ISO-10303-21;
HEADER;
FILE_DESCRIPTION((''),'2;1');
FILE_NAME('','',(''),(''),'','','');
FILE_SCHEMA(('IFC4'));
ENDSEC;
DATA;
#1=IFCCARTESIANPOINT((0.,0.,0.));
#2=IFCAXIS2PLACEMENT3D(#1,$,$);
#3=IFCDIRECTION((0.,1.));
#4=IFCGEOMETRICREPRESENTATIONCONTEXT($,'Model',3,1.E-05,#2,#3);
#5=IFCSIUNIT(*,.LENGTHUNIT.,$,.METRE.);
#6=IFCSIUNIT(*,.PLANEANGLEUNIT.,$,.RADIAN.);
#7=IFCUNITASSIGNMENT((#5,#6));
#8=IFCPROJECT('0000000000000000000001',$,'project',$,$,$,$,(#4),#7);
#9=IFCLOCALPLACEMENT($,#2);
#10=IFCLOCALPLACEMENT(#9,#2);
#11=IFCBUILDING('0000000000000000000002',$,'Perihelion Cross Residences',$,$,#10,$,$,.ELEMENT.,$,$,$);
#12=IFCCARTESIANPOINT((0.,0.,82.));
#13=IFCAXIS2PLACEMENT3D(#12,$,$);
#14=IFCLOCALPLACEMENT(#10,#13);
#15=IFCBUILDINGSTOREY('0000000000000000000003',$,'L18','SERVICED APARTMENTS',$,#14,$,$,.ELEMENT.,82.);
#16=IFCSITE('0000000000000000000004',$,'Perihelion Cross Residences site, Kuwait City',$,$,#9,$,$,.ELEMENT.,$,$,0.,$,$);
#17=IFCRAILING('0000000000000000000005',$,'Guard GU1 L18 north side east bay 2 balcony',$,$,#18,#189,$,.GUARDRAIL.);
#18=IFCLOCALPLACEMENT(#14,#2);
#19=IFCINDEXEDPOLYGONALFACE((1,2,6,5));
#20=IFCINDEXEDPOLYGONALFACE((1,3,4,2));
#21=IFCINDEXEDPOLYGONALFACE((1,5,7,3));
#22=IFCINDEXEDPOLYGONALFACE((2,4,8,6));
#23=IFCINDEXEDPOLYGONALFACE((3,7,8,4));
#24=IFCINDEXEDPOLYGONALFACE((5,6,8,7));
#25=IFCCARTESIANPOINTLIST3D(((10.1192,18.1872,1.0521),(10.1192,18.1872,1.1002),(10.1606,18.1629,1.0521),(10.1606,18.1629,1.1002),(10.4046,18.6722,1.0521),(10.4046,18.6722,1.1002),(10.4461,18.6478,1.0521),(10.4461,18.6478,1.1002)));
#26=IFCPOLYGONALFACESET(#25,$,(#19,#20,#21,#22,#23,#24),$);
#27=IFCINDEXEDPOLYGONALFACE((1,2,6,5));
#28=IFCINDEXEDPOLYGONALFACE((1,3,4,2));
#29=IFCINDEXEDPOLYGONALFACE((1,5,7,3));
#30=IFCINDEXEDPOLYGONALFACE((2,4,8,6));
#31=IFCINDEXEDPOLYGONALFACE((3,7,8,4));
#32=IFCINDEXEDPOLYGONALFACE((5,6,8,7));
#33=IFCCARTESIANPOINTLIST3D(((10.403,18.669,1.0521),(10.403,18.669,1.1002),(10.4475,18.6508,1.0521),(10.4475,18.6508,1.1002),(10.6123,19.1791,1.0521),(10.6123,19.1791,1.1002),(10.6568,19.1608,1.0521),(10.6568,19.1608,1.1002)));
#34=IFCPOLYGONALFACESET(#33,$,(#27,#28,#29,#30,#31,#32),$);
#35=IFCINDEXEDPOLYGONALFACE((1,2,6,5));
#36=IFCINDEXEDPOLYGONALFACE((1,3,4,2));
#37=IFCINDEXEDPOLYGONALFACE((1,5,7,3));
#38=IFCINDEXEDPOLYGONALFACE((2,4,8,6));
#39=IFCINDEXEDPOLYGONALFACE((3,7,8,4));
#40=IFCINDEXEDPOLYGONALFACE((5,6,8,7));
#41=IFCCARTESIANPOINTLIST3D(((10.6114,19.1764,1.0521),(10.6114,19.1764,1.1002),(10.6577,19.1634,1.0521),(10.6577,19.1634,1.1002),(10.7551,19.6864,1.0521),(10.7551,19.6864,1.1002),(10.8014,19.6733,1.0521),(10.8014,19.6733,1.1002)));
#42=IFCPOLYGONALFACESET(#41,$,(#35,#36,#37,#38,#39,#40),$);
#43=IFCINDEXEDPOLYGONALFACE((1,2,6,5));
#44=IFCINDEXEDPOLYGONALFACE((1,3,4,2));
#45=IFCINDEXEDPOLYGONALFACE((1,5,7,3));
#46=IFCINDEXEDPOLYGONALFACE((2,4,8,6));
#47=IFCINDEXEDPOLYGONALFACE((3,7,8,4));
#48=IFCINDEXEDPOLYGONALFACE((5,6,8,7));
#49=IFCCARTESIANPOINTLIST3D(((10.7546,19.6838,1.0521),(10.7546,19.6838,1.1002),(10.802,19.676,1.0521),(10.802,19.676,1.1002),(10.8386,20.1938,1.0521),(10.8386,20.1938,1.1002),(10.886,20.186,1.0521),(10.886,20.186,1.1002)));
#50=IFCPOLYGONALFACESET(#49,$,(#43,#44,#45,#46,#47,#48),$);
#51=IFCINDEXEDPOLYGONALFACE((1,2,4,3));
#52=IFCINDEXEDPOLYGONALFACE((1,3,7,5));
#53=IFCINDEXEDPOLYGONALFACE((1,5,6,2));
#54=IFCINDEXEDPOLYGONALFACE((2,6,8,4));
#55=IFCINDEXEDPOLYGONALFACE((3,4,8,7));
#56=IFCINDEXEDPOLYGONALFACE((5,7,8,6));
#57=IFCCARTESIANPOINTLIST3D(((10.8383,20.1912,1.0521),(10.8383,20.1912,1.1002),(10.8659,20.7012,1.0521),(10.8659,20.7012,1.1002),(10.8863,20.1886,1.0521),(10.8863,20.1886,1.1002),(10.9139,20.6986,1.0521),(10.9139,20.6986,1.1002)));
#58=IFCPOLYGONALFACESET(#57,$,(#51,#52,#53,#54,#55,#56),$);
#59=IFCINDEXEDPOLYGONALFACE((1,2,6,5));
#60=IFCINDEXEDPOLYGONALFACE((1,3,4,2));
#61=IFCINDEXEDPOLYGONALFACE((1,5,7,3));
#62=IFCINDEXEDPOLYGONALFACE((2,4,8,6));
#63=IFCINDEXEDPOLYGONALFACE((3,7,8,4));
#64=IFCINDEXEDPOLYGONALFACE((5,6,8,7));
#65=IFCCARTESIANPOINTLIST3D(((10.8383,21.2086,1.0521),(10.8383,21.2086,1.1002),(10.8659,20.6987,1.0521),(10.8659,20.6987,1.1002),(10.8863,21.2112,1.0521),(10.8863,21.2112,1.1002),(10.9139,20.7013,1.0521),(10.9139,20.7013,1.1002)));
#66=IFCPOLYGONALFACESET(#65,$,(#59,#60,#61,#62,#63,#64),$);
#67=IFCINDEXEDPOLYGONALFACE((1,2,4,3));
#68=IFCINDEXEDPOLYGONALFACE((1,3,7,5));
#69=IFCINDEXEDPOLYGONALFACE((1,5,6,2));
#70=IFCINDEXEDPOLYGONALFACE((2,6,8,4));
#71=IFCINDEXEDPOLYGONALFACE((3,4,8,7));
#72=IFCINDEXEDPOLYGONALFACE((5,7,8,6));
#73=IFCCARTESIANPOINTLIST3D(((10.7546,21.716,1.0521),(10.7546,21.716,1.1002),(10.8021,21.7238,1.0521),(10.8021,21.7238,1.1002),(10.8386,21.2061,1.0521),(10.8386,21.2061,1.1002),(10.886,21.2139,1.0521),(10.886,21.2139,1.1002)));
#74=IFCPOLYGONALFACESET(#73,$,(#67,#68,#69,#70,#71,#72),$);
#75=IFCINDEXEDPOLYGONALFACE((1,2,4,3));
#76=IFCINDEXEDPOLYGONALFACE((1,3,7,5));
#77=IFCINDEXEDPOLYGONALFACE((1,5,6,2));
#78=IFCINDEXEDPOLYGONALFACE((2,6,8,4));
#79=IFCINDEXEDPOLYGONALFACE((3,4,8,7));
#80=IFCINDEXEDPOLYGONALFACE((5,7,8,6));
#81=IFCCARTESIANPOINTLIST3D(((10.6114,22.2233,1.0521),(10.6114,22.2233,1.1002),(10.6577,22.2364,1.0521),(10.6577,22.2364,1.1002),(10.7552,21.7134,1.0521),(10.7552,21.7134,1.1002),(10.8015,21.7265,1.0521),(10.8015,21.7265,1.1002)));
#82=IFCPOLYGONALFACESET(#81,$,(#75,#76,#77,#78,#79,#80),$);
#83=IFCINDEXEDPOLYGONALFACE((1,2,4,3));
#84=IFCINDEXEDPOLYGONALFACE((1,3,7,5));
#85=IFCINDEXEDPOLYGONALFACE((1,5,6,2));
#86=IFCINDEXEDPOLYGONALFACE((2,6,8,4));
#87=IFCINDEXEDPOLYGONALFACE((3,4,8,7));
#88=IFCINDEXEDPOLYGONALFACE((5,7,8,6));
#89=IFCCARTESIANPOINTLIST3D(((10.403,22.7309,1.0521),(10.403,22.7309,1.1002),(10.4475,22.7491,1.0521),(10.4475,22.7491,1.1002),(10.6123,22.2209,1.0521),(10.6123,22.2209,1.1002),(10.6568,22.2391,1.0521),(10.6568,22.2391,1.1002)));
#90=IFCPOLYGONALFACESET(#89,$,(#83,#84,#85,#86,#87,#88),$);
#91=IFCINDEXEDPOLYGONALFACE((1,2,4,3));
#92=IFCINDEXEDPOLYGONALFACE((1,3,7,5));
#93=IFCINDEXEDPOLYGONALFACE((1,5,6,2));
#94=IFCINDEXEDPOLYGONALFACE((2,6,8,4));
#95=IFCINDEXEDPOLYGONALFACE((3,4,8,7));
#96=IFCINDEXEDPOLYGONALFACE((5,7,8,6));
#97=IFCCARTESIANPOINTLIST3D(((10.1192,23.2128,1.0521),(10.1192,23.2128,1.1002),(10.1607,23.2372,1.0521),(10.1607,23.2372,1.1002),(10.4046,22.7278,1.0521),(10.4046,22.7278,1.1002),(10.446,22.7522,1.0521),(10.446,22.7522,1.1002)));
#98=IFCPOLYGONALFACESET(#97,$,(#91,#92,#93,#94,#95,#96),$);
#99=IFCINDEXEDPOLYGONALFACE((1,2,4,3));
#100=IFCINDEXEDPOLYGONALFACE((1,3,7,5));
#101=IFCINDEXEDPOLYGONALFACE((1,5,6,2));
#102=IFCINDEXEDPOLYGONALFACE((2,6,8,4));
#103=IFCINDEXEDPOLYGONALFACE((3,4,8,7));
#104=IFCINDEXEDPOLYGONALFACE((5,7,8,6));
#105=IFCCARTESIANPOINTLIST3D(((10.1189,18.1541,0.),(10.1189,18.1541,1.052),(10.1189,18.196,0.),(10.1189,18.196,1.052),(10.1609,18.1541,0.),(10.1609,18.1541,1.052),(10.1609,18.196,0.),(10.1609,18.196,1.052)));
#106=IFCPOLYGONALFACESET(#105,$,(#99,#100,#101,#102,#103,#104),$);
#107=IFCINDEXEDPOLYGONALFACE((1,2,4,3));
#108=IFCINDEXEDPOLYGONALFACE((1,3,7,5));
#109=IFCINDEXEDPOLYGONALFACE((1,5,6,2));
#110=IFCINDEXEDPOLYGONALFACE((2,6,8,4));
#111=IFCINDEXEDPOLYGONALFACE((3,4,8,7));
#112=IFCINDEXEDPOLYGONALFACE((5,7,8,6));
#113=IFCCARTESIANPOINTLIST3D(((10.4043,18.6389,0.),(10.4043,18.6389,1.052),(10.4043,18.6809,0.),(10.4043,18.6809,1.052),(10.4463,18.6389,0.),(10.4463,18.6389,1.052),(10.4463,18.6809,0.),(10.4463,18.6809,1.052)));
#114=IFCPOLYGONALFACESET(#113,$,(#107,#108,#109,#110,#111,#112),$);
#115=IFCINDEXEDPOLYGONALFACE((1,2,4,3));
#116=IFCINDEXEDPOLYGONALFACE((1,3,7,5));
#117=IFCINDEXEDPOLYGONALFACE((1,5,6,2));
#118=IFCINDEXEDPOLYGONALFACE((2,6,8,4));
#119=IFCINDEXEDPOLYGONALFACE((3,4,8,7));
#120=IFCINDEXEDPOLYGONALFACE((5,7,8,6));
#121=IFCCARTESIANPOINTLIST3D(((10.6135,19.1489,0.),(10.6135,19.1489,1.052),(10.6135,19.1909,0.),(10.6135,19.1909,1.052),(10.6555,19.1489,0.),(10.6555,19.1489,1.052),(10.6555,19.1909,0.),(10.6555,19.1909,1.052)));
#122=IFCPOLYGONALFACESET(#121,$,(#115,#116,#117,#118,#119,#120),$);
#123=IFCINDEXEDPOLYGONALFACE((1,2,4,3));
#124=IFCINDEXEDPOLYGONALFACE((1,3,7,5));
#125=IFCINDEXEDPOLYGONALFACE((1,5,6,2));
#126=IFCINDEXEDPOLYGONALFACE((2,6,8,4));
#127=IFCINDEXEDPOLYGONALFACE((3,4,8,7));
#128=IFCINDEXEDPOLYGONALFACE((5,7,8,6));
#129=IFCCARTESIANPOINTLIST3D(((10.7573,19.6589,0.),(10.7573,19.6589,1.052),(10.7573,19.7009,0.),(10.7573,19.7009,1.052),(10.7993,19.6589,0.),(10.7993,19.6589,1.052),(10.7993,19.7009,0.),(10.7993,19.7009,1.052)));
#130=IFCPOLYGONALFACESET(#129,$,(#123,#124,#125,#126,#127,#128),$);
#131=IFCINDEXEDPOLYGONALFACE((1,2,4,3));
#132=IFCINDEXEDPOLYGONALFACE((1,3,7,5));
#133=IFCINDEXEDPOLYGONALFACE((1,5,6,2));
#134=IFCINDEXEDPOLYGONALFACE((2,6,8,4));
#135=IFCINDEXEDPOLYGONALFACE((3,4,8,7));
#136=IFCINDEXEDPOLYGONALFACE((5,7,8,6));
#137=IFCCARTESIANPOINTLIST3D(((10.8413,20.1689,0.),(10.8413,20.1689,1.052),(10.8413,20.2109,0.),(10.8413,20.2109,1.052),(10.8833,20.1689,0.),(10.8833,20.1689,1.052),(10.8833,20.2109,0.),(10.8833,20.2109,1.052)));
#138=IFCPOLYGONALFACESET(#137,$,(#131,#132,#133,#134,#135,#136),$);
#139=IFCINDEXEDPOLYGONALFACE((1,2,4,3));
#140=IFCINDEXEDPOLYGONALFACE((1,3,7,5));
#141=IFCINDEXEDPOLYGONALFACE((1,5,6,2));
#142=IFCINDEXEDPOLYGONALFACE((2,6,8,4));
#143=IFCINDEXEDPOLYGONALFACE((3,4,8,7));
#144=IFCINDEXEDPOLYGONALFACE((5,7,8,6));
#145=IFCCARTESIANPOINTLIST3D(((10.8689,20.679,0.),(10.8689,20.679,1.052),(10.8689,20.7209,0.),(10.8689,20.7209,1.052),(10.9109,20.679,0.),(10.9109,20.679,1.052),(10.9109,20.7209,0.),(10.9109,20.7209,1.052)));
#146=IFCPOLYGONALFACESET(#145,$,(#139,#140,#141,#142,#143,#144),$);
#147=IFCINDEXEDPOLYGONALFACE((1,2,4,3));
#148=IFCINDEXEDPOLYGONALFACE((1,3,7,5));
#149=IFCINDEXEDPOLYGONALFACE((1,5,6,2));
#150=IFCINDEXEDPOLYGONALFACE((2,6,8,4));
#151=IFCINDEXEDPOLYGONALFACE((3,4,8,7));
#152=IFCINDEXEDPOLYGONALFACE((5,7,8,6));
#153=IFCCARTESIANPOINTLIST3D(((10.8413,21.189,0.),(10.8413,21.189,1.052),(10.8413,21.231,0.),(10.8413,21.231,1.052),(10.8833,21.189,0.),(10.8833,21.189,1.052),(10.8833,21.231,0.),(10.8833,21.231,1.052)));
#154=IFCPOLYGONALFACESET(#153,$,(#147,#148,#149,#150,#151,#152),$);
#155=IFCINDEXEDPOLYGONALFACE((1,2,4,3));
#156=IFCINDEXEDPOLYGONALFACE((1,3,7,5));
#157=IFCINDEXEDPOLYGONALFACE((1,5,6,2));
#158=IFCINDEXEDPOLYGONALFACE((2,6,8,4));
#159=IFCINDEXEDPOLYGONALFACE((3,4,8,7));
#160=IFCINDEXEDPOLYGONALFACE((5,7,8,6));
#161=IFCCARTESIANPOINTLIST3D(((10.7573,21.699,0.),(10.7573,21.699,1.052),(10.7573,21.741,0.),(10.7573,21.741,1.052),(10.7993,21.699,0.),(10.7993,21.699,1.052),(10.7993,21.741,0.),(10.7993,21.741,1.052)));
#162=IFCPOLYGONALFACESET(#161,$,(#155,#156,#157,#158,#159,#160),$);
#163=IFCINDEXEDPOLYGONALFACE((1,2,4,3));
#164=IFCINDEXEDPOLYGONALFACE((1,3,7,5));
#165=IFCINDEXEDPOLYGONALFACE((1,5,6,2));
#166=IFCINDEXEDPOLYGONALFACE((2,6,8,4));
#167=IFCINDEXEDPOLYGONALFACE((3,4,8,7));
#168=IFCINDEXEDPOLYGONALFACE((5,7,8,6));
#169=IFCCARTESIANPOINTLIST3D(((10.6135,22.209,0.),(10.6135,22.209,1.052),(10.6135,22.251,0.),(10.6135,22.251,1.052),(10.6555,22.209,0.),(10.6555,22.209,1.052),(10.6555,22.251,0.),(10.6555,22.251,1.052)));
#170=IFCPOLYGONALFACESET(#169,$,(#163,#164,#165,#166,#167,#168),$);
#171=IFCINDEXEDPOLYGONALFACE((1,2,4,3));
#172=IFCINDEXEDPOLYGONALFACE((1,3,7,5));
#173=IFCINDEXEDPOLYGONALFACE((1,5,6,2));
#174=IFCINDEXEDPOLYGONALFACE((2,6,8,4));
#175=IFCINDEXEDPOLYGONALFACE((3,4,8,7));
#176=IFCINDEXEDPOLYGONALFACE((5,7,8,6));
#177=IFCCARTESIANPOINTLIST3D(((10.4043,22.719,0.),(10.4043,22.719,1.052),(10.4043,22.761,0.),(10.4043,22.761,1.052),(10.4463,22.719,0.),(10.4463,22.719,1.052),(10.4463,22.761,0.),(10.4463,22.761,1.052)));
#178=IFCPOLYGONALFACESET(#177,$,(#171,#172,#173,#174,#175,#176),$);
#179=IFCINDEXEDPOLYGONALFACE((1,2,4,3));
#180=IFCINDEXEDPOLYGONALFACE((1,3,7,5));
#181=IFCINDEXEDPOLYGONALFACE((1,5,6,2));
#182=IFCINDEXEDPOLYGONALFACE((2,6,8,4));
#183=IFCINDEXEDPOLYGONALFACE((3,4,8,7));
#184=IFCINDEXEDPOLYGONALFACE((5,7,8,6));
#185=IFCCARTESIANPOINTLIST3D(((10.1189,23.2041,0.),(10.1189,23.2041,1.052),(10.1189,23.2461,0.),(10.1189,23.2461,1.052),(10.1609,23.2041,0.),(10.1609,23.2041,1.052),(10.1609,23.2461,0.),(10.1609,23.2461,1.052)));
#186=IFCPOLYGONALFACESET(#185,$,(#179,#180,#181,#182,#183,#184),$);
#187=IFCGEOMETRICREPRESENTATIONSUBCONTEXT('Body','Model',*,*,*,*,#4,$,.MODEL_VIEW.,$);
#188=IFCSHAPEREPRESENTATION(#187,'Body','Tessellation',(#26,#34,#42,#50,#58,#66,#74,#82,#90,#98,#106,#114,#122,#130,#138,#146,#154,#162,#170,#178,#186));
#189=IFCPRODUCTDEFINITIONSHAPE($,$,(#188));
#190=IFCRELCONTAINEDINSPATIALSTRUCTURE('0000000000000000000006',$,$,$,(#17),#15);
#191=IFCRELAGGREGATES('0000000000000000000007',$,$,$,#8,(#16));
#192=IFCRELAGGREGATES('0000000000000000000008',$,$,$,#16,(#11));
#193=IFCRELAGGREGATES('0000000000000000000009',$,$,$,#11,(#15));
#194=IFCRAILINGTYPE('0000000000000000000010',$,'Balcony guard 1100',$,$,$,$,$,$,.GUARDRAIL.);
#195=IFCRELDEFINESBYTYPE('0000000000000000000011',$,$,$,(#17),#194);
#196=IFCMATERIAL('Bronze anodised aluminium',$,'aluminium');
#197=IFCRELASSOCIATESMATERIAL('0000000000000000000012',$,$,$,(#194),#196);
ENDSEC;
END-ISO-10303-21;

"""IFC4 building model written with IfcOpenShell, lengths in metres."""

from ifc_helpers import new_model, si_unit, direction, frame, origin, origin_2d, place, context, subcontext, project, spatial, rectangle, extrude, material, type_object, element, save


model = new_model("IFC4")

# Units and contexts
model_context = context("Model", 3, precision=1e-05, world=origin(), true_north=direction((0.0, 1.0)))
body_context = subcontext(model_context, "Body", "Model", "MODEL_VIEW")
ifc_project = project(units=[si_unit("LENGTHUNIT", "METRE"), si_unit("PLANEANGLEUNIT", "RADIAN")], contexts=[model_context])

# Site, building, storey
site_placement = place(None, origin())
site = spatial("IfcSite", under=ifc_project, at=site_placement, Name="Perihelion Cross Residences site, Kuwait City", CompositionType="ELEMENT", RefElevation=0.0)
building_placement = place(site_placement, origin())
building = spatial("IfcBuilding", under=site, at=building_placement, Name="Perihelion Cross Residences", CompositionType="ELEMENT")
storey_placement = place(building_placement, frame((0.0, 0.0, 82.0)))
storey = spatial("IfcBuildingStorey", under=building, at=storey_placement, Name="L18", Description="SERVICED APARTMENTS", CompositionType="ELEMENT", Elevation=82.0)

# Railing
ifc_material_1 = material(Name="Bronze anodised aluminium", Category="aluminium")
railing_type = type_object("IfcRailingType", Name="Balcony guard 1100", PredefinedType="GUARDRAIL", material=ifc_material_1)
railing_1_placement = place(storey_placement, frame((10.1399, 18.175, 0.0)))
element("IfcRailing", 1, at=railing_1_placement, inside=storey, type_object=railing_type, Name="Guard GU1 L18 north side east bay 2 balcony", PredefinedType="GUARDRAIL", context=body_context, shape_type="SweptSolid", body=[
    extrude(rectangle(XDim=0.0481, YDim=0.0481, at=origin_2d()), frame((0.0, 0.0, 1.0762), z_axis=(0.507267, 0.861789, 0.0), x_axis=(-0.861789, 0.507267, 0.0)), (0.0, 0.0, 1.0), 0.5627),
    extrude(rectangle(XDim=0.0481, YDim=0.0481, at=origin_2d()), frame((0.2854, 0.4849, 1.0762), z_axis=(0.379547, 0.925173, 0.0), x_axis=(-0.925173, 0.379547, 0.0)), (0.0, 0.0, 1.0), 0.5513),
    extrude(rectangle(XDim=0.0481, YDim=0.0481, at=origin_2d()), frame((0.4946, 0.9949, 1.0762), z_axis=(0.271373, 0.962474, 0.0), x_axis=(-0.962474, 0.271373, 0.0)), (0.0, 0.0, 1.0), 0.5298),
    extrude(rectangle(XDim=0.0481, YDim=0.0481, at=origin_2d()), frame((0.6384, 1.5049, 1.0762), z_axis=(0.162484, 0.986711, 0.0), x_axis=(-0.986711, 0.162484, 0.0)), (0.0, 0.0, 1.0), 0.5168),
    extrude(rectangle(XDim=0.0481, YDim=0.0481, at=origin_2d()), frame((0.7224, 2.0149, 1.0762), z_axis=(0.054014, 0.99854, 0.0), x_axis=(-0.99854, 0.054014, 0.0)), (0.0, 0.0, 1.0), 0.5107),
    extrude(rectangle(XDim=0.0481, YDim=0.0481, at=origin_2d()), frame((0.75, 2.5249, 1.0762), z_axis=(-0.054014, 0.99854, 0.0), x_axis=(-0.99854, -0.054014, 0.0)), (0.0, 0.0, 1.0), 0.5107),
    extrude(rectangle(XDim=0.0481, YDim=0.0481, at=origin_2d()), frame((0.7224, 3.0349, 1.0762), z_axis=(-0.162484, 0.986711, 0.0), x_axis=(-0.986711, -0.162484, 0.0)), (0.0, 0.0, 1.0), 0.5168),
    extrude(rectangle(XDim=0.0481, YDim=0.0481, at=origin_2d()), frame((0.6384, 3.5449, 1.0762), z_axis=(-0.271373, 0.962474, 0.0), x_axis=(-0.962474, -0.271373, 0.0)), (0.0, 0.0, 1.0), 0.5298),
    extrude(rectangle(XDim=0.0481, YDim=0.0481, at=origin_2d()), frame((0.4946, 4.0549, 1.0762), z_axis=(-0.379547, 0.925173, 0.0), x_axis=(-0.925173, -0.379547, 0.0)), (0.0, 0.0, 1.0), 0.5513),
    extrude(rectangle(XDim=0.0481, YDim=0.0481, at=origin_2d()), frame((0.2854, 4.5649, 1.0762), z_axis=(-0.507077, 0.861901, 0.0), x_axis=(-0.861901, -0.507077, 0.0)), (0.0, 0.0, 1.0), 0.5627),
    extrude(rectangle(XDim=0.042, YDim=0.042, at=origin_2d()), origin(), (0.0, 0.0, 1.0), 1.052),
    extrude(rectangle(XDim=0.042, YDim=0.042, at=origin_2d()), frame((0.2854, 0.4849, 0.0)), (0.0, 0.0, 1.0), 1.052),
    extrude(rectangle(XDim=0.042, YDim=0.042, at=origin_2d()), frame((0.4946, 0.9949, 0.0)), (0.0, 0.0, 1.0), 1.052),
    extrude(rectangle(XDim=0.042, YDim=0.042, at=origin_2d()), frame((0.6384, 1.5049, 0.0)), (0.0, 0.0, 1.0), 1.052),
    extrude(rectangle(XDim=0.042, YDim=0.042, at=origin_2d()), frame((0.7224, 2.0149, 0.0)), (0.0, 0.0, 1.0), 1.052),
    extrude(rectangle(XDim=0.042, YDim=0.042, at=origin_2d()), frame((0.75, 2.5249, 0.0)), (0.0, 0.0, 1.0), 1.052),
    extrude(rectangle(XDim=0.042, YDim=0.042, at=origin_2d()), frame((0.7224, 3.0349, 0.0)), (0.0, 0.0, 1.0), 1.052),
    extrude(rectangle(XDim=0.042, YDim=0.042, at=origin_2d()), frame((0.6384, 3.5449, 0.0)), (0.0, 0.0, 1.0), 1.052),
    extrude(rectangle(XDim=0.042, YDim=0.042, at=origin_2d()), frame((0.4946, 4.0549, 0.0)), (0.0, 0.0, 1.0), 1.052),
    extrude(rectangle(XDim=0.042, YDim=0.042, at=origin_2d()), frame((0.2854, 4.5649, 0.0)), (0.0, 0.0, 1.0), 1.052),
    extrude(rectangle(XDim=0.042, YDim=0.042, at=origin_2d()), frame((0.0, 5.05, 0.0)), (0.0, 0.0, 1.0), 1.052),
])

save(model, "model.ifc")
